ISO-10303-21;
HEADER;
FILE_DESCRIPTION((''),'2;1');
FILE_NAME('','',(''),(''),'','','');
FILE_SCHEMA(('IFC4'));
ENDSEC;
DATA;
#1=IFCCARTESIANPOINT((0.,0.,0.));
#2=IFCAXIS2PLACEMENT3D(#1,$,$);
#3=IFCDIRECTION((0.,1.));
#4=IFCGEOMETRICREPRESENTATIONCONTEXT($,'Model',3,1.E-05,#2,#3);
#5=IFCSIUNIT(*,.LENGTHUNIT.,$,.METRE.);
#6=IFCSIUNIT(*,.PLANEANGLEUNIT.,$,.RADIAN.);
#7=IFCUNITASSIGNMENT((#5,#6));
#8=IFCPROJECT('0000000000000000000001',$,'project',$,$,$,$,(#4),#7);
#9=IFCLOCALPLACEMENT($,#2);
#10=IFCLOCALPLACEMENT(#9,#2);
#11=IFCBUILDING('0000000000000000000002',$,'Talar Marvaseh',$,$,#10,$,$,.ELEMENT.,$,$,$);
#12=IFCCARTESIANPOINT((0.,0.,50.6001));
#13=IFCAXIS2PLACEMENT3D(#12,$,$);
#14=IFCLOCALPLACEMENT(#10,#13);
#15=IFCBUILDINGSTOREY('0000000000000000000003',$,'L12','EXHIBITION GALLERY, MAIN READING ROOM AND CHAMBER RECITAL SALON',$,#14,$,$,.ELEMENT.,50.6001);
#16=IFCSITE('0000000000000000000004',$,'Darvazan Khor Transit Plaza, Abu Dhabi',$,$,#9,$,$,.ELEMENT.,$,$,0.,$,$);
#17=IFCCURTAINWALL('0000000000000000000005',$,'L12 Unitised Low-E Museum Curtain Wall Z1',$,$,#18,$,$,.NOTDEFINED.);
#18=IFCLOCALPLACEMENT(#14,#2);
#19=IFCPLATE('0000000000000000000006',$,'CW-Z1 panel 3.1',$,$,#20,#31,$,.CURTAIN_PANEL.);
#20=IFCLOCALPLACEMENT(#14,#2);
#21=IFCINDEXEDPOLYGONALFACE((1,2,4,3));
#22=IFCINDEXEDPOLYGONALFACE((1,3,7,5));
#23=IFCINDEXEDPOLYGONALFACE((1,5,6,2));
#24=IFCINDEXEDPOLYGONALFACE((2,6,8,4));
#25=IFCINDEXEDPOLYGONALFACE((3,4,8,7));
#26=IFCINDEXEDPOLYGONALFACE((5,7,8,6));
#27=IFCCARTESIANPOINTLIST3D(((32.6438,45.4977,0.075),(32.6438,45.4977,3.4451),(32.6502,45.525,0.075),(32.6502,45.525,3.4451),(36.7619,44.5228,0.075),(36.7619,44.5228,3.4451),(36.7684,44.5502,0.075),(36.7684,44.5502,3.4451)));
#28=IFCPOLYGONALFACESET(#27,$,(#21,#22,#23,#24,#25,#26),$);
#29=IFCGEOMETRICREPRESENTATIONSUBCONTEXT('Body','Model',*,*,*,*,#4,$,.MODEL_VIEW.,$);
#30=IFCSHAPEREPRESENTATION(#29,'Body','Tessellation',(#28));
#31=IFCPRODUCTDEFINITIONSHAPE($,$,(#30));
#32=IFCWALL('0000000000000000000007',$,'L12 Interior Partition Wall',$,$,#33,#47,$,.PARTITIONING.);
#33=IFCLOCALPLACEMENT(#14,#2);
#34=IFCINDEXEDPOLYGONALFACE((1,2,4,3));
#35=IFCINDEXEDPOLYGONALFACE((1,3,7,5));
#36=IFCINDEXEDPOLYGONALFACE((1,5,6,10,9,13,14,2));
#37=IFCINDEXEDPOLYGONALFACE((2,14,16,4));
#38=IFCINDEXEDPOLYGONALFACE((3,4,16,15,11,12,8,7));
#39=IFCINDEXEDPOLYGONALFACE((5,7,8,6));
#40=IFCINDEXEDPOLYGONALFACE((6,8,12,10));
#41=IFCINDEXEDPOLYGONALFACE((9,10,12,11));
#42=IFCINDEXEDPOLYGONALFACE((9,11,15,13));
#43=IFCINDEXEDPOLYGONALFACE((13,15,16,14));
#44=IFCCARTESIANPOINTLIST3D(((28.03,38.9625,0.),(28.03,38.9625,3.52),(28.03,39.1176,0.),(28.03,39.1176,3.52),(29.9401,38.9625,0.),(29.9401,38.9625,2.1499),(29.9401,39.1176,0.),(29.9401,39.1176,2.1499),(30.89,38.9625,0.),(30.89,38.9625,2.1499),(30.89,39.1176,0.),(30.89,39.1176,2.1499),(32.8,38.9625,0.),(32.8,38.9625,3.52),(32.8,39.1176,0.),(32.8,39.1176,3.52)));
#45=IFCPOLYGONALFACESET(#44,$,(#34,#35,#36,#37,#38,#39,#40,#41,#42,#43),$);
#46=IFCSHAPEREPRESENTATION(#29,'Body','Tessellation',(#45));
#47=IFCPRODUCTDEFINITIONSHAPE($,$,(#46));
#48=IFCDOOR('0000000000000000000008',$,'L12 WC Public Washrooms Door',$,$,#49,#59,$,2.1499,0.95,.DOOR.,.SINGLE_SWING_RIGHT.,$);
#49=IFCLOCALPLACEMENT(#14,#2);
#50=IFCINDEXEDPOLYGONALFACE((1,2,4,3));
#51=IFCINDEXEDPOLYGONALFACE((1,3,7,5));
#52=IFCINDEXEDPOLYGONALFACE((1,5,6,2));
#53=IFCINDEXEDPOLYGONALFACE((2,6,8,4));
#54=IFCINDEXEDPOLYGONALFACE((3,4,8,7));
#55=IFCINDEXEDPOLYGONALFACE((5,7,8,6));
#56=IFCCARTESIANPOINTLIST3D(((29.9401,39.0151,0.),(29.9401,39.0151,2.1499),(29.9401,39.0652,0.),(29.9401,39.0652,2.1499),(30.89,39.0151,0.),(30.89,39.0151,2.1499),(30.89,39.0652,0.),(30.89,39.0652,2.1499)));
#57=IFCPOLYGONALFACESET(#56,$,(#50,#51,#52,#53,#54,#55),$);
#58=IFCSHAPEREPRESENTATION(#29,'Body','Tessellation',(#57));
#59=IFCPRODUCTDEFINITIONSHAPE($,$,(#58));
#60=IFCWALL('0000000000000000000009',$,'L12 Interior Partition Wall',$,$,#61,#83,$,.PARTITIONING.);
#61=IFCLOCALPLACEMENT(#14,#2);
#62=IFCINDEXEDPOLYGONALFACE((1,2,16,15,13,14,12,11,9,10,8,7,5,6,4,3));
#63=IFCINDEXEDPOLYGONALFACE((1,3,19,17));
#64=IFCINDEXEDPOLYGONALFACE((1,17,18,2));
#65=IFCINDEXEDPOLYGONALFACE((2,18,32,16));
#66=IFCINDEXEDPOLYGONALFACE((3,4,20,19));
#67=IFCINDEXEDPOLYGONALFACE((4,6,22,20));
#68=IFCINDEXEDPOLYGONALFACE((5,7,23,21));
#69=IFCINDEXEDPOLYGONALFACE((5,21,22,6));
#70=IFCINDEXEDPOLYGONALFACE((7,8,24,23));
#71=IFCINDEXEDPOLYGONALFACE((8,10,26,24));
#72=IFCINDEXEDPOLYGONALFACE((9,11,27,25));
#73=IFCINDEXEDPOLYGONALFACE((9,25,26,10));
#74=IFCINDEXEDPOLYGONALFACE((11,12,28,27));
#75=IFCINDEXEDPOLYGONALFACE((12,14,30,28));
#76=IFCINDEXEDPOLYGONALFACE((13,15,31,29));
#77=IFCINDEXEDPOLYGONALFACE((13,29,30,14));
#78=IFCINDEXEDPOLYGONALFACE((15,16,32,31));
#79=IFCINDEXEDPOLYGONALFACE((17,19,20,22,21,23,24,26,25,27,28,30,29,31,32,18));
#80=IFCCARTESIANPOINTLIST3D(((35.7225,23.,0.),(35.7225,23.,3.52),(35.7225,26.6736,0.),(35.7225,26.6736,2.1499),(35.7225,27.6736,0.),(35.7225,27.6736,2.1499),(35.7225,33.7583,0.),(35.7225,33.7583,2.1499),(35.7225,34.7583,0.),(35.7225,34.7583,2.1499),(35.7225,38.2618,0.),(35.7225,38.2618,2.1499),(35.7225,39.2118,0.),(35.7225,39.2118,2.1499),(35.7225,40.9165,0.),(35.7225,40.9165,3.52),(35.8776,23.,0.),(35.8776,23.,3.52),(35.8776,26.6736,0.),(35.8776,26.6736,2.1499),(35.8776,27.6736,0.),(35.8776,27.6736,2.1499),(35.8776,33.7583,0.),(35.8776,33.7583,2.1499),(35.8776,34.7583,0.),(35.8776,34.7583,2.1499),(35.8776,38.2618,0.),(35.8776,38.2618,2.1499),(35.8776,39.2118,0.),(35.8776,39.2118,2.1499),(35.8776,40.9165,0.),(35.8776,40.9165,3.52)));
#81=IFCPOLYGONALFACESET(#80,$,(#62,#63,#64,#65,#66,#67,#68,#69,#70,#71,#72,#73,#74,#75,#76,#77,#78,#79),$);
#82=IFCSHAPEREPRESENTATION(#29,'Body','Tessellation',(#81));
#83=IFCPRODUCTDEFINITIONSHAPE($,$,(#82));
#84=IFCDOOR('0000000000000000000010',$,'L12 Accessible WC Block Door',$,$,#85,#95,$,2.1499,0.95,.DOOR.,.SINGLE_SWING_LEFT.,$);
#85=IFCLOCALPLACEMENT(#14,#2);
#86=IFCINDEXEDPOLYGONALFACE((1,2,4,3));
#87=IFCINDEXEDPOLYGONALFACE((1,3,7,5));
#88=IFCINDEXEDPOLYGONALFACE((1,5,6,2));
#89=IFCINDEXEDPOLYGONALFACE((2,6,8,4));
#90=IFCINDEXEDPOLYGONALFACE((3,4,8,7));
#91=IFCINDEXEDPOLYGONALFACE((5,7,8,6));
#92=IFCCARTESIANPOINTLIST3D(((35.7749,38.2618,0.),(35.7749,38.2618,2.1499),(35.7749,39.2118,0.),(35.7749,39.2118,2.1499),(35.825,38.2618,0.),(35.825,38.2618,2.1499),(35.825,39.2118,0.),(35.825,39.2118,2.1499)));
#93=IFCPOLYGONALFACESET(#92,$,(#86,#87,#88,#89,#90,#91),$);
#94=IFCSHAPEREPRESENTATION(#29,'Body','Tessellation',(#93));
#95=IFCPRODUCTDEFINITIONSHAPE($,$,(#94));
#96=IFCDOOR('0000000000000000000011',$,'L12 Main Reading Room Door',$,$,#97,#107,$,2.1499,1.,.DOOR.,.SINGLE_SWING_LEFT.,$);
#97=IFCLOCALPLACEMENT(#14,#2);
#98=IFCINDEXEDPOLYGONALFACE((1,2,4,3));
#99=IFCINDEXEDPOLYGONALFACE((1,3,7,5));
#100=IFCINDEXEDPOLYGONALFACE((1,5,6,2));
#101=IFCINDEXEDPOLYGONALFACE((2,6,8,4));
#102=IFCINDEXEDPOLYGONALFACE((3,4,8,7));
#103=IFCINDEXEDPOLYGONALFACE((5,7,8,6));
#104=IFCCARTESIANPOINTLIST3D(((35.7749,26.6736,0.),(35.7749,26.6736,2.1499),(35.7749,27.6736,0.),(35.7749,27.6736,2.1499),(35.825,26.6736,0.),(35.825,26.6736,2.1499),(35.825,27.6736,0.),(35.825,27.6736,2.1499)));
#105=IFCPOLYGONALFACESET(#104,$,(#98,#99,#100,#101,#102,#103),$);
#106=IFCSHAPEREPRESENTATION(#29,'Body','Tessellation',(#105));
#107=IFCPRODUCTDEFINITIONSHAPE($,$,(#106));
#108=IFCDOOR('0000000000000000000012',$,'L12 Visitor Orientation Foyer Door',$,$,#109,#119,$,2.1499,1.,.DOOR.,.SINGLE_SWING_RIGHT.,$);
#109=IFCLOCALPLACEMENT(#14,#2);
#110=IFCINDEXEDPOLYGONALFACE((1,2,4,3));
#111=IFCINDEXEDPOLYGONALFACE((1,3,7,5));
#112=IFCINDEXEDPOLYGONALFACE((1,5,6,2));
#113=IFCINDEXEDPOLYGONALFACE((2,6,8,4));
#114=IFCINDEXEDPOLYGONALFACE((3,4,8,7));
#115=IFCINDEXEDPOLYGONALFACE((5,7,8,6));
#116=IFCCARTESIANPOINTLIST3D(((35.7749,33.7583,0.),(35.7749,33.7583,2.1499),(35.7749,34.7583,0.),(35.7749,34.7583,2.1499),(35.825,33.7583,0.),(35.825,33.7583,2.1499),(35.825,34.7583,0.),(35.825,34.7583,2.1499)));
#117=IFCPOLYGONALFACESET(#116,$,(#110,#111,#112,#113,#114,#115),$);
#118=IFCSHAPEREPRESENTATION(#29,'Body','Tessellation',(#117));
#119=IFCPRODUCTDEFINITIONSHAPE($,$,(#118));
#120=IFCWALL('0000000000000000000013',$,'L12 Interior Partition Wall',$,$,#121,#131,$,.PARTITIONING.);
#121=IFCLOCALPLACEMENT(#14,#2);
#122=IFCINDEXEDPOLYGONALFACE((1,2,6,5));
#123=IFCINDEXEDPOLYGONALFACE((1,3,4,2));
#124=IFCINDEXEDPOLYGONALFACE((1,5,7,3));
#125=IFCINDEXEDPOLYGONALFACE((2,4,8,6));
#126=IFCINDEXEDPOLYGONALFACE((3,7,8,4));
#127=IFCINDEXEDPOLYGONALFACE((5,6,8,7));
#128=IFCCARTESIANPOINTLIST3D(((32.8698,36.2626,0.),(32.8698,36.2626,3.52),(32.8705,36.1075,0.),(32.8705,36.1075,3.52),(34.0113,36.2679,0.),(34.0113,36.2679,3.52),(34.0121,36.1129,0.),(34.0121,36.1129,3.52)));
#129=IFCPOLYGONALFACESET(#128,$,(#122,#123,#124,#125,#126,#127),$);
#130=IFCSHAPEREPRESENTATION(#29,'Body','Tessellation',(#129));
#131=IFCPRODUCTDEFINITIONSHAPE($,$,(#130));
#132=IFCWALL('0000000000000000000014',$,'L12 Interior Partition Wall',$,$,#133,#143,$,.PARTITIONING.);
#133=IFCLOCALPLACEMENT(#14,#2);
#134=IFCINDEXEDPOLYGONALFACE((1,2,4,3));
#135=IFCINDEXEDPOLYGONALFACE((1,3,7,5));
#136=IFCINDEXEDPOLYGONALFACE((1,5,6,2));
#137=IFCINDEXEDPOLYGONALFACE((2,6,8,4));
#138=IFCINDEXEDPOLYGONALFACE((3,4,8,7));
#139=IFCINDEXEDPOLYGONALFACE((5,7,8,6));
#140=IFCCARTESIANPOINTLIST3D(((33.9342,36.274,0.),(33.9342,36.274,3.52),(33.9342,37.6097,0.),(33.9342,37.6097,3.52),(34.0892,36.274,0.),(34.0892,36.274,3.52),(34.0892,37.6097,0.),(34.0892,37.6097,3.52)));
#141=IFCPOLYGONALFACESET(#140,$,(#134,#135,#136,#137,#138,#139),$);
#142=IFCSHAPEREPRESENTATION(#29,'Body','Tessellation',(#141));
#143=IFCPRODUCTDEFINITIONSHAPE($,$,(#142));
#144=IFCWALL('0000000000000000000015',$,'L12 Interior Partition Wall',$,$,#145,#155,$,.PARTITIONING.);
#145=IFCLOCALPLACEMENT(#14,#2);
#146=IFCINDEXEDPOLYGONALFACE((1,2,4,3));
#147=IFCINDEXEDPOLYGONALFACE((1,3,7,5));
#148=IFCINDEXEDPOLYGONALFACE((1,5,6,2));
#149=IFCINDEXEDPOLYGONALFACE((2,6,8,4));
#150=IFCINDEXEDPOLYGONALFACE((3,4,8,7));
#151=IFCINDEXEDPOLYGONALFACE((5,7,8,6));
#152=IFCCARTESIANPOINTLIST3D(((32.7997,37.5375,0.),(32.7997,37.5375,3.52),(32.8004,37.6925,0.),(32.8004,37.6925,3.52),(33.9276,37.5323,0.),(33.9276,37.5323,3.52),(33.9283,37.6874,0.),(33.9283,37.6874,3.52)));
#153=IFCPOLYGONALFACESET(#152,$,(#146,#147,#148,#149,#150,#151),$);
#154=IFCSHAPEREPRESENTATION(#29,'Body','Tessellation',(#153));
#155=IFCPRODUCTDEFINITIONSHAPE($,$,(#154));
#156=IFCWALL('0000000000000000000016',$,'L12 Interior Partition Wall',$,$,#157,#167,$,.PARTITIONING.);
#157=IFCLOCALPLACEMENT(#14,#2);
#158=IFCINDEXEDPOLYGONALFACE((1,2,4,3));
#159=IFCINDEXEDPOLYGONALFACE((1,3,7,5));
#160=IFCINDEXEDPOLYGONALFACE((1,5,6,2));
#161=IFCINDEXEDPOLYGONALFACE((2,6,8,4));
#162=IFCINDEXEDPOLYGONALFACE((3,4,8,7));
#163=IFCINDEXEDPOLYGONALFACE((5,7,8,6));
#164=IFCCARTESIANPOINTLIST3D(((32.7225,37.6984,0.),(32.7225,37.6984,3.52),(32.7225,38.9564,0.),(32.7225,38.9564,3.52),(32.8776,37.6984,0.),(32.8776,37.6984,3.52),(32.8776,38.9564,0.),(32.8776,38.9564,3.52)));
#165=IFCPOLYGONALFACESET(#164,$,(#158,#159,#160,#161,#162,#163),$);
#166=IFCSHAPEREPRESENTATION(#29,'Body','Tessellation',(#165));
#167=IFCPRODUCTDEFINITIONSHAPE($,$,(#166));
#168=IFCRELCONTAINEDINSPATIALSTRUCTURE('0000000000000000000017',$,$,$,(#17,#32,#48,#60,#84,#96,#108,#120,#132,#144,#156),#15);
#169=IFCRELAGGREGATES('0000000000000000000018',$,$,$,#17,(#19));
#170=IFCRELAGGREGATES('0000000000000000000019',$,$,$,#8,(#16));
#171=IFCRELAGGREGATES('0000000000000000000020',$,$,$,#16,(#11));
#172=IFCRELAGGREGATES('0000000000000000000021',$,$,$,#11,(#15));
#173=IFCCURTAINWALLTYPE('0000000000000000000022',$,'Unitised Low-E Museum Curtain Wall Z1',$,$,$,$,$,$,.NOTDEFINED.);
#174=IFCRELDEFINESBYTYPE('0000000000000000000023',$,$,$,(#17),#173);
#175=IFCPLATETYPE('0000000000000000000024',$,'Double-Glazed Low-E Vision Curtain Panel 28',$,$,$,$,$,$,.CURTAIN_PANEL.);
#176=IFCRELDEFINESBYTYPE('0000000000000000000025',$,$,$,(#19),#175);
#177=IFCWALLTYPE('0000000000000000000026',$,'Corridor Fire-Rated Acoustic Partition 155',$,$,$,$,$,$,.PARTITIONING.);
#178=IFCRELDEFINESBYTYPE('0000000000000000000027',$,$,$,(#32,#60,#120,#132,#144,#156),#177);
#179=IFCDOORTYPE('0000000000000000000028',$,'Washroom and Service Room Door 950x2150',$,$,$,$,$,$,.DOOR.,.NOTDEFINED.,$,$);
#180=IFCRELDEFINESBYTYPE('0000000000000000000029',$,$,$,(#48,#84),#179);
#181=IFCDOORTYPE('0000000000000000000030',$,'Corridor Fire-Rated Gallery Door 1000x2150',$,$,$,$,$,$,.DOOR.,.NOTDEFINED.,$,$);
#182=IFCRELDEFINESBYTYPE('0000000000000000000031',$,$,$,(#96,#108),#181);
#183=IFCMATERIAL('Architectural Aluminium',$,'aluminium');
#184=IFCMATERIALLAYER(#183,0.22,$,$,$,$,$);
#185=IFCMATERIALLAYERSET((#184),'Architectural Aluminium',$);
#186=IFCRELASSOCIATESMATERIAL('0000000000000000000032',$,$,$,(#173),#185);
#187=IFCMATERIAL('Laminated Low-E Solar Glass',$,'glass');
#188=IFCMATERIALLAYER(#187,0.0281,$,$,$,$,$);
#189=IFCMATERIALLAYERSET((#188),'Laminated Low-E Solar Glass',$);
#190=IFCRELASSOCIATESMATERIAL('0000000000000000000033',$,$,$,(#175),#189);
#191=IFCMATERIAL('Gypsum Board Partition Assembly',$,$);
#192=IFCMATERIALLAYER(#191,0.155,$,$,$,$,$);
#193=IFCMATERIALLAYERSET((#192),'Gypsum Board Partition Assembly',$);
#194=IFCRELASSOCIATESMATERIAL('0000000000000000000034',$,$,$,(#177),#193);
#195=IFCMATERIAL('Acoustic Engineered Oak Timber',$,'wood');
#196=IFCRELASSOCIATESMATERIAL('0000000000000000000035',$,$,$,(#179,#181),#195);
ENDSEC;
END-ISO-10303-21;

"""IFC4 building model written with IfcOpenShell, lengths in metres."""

from ifc_helpers import new_model, si_unit, direction, frame, frame_2d, origin, origin_2d, place, context, subcontext, project, spatial, rectangle, extrude, source, transform, mapped, material, layer, layer_set, type_object, type_shapes, element, fill, aggregate, save


model = new_model("IFC4")

# Units and contexts
model_context = context("Model", 3, precision=1e-05, world=origin(), true_north=direction((0.0, 1.0)))
body_context = subcontext(model_context, "Body", "Model", "MODEL_VIEW")
ifc_project = project(units=[si_unit("LENGTHUNIT", "METRE"), si_unit("PLANEANGLEUNIT", "RADIAN")], contexts=[model_context])

# Site, building, storey
site_placement = place(None, origin())
site = spatial("IfcSite", under=ifc_project, at=site_placement, Name="Darvazan Khor Transit Plaza, Abu Dhabi", CompositionType="ELEMENT", RefElevation=0.0)
building_placement = place(site_placement, origin())
building = spatial("IfcBuilding", under=site, at=building_placement, Name="Talar Marvaseh", CompositionType="ELEMENT")
storey_placement = place(building_placement, frame((0.0, 0.0, 50.6001)))
storey = spatial("IfcBuildingStorey", under=building, at=storey_placement, Name="L12", Description="EXHIBITION GALLERY, MAIN READING ROOM AND CHAMBER RECITAL SALON", CompositionType="ELEMENT", Elevation=50.6001)

# Curtain wall, plate
ifc_material_1 = material(Name="Architectural Aluminium", Category="aluminium")
ifc_layer_1 = layer(ifc_material_1, 0.22)
ifc_layer_set_1 = layer_set([ifc_layer_1], Name="Architectural Aluminium")
curtain_wall_type = type_object("IfcCurtainWallType", Name="Unitised Low-E Museum Curtain Wall Z1", PredefinedType="NOTDEFINED", material=ifc_layer_set_1)
curtain_wall_placement = place(storey_placement, origin())
curtain_wall = element("IfcCurtainWall", 1, at=curtain_wall_placement, inside=storey, type_object=curtain_wall_type, Name="L12 Unitised Low-E Museum Curtain Wall Z1", PredefinedType="NOTDEFINED")
ifc_material_2 = material(Name="Laminated Low-E Solar Glass", Category="glass")
ifc_layer_2 = layer(ifc_material_2, 0.0281)
ifc_layer_set_2 = layer_set([ifc_layer_2], Name="Laminated Low-E Solar Glass")
plate_type = type_object("IfcPlateType", Name="Double-Glazed Low-E Vision Curtain Panel 28", PredefinedType="CURTAIN_PANEL", material=ifc_layer_set_2)
shared_shape_1 = source(origin(), body_context, "Body", "SweptSolid", [
    extrude(rectangle(XDim=4.2319, YDim=0.0281, at=origin_2d()), origin(), (0.0, 0.0, 1.0), 3.3701),
])
type_shapes(plate_type, [shared_shape_1])
plate_placement = place(storey_placement, frame((34.7061, 45.0239, 0.075), z_axis=(0.0, 0.0, 1.0), x_axis=(0.973107, -0.230352, 0.0)))
plate = element("IfcPlate", 2, at=plate_placement, type_object=plate_type, Name="CW-Z1 panel 3.1", PredefinedType="CURTAIN_PANEL", context=body_context, shape_type="MappedRepresentation", body=[
    mapped(shared_shape_1, transform((0.0, 0.0, 0.0), x_axis=(1.0, 0.0, 0.0), y_axis=(0.0, 1.0, 0.0), z_axis=(0.0, 0.0, 1.0), scale=1.0)),
])
aggregate(curtain_wall, [plate])

# Wall, opening, door
ifc_material_3 = material(Name="Gypsum Board Partition Assembly")
ifc_layer_3 = layer(ifc_material_3, 0.155)
ifc_layer_set_3 = layer_set([ifc_layer_3], Name="Gypsum Board Partition Assembly")
wall_type_1 = type_object("IfcWallType", Name="Corridor Fire-Rated Acoustic Partition 155", PredefinedType="PARTITIONING", material=ifc_layer_set_3)
wall_1_placement = place(storey_placement, frame((32.8, 39.04, 0.0), z_axis=(0.0, 0.0, 1.0), x_axis=(-1.0, 0.0, 0.0)))
wall_1 = element("IfcWall", 3, at=wall_1_placement, inside=storey, type_object=wall_type_1, Name="L12 Interior Partition Wall", PredefinedType="PARTITIONING", context=body_context, shape_type="SweptSolid", body=[
    extrude(rectangle(XDim=4.77, YDim=0.155, at=frame_2d((2.385, 0.0))), origin(), (0.0, 0.0, 1.0), 3.52),
])
opening_1_placement = place(wall_1_placement, frame((1.9099, 0.0, 0.0)))
opening_1 = element("IfcOpeningElement", 4, at=opening_1_placement, cuts=wall_1, PredefinedType="OPENING", context=body_context, shape_type="SweptSolid", body=[
    extrude(rectangle(XDim=0.95, YDim=2.1499, at=frame_2d((0.4751, 1.075))), frame((0.0, 0.0874, 0.0), z_axis=(0.0, -1.0, 0.0), x_axis=(1.0, 0.0, 0.0)), (0.0, 0.0, 1.0), 0.175),
])
ifc_material_4 = material(Name="Acoustic Engineered Oak Timber", Category="wood")
door_type_1 = type_object("IfcDoorType", Name="Washroom and Service Room Door 950x2150", OperationType="NOTDEFINED", PredefinedType="DOOR", material=ifc_material_4)
shared_shape_2 = source(origin(), body_context, "Body", "SweptSolid", [
    extrude(rectangle(XDim=0.95, YDim=2.1499, at=frame_2d((0.4751, 1.075))), frame((0.0, 0.0249, 0.0), z_axis=(0.0, -1.0, 0.0), x_axis=(1.0, 0.0, 0.0)), (0.0, 0.0, 1.0), 0.05),
])
type_shapes(door_type_1, [shared_shape_2])
door_1_placement = place(opening_1_placement, origin())
door_1 = element("IfcDoor", 5, at=door_1_placement, inside=storey, type_object=door_type_1, Name="L12 WC Public Washrooms Door", OperationType="SINGLE_SWING_RIGHT", OverallHeight=2.1499, OverallWidth=0.95, PredefinedType="DOOR", context=body_context, shape_type="MappedRepresentation", body=[
    mapped(shared_shape_2, transform((0.0, 0.0, 0.0), x_axis=(1.0, 0.0, 0.0), y_axis=(0.0, 1.0, 0.0), z_axis=(0.0, 0.0, 1.0), scale=1.0)),
])
fill(opening_1, door_1)

# Wall, openings, doors
wall_2_placement = place(storey_placement, frame((35.8, 40.9165, 0.0), z_axis=(0.0, 0.0, 1.0), x_axis=(0.0, -1.0, 0.0)))
wall_2 = element("IfcWall", 6, at=wall_2_placement, inside=storey, type_object=wall_type_1, Name="L12 Interior Partition Wall", PredefinedType="PARTITIONING", context=body_context, shape_type="SweptSolid", body=[
    extrude(rectangle(XDim=17.9165, YDim=0.155, at=frame_2d((8.9583, 0.0))), origin(), (0.0, 0.0, 1.0), 3.52),
])
opening_2_placement = place(wall_2_placement, frame((13.2429, 0.0, 0.0)))
opening_2 = element("IfcOpeningElement", 7, at=opening_2_placement, cuts=wall_2, PredefinedType="OPENING", context=body_context, shape_type="SweptSolid", body=[
    extrude(rectangle(XDim=1.0, YDim=2.1499, at=frame_2d((0.5, 1.075))), frame((0.0, 0.0874, 0.0), z_axis=(0.0, -1.0, 0.0), x_axis=(1.0, 0.0, 0.0)), (0.0, 0.0, 1.0), 0.175),
])
opening_3_placement = place(wall_2_placement, frame((6.1582, 0.0, 0.0)))
opening_3 = element("IfcOpeningElement", 8, at=opening_3_placement, cuts=wall_2, PredefinedType="OPENING", context=body_context, shape_type="SweptSolid", body=[
    extrude(rectangle(XDim=1.0, YDim=2.1499, at=frame_2d((0.5, 1.075))), frame((0.0, 0.0874, 0.0), z_axis=(0.0, -1.0, 0.0), x_axis=(1.0, 0.0, 0.0)), (0.0, 0.0, 1.0), 0.175),
])
opening_4_placement = place(wall_2_placement, frame((1.7046, 0.0, 0.0)))
opening_4 = element("IfcOpeningElement", 9, at=opening_4_placement, cuts=wall_2, PredefinedType="OPENING", context=body_context, shape_type="SweptSolid", body=[
    extrude(rectangle(XDim=0.95, YDim=2.1499, at=frame_2d((0.4751, 1.075))), frame((0.0, 0.0874, 0.0), z_axis=(0.0, -1.0, 0.0), x_axis=(1.0, 0.0, 0.0)), (0.0, 0.0, 1.0), 0.175),
])
door_2_placement = place(opening_4_placement, origin())
door_2 = element("IfcDoor", 10, at=door_2_placement, inside=storey, type_object=door_type_1, Name="L12 Accessible WC Block Door", OperationType="SINGLE_SWING_LEFT", OverallHeight=2.1499, OverallWidth=0.95, PredefinedType="DOOR", context=body_context, shape_type="MappedRepresentation", body=[
    mapped(shared_shape_2, transform((0.0, 0.0, 0.0), x_axis=(1.0, 0.0, 0.0), y_axis=(0.0, 1.0, 0.0), z_axis=(0.0, 0.0, 1.0), scale=1.0)),
])
fill(opening_4, door_2)
door_type_2 = type_object("IfcDoorType", Name="Corridor Fire-Rated Gallery Door 1000x2150", OperationType="NOTDEFINED", PredefinedType="DOOR", material=ifc_material_4)
shared_shape_3 = source(origin(), body_context, "Body", "SweptSolid", [
    extrude(rectangle(XDim=1.0, YDim=2.1499, at=frame_2d((0.5, 1.075))), frame((0.0, 0.0249, 0.0), z_axis=(0.0, -1.0, 0.0), x_axis=(1.0, 0.0, 0.0)), (0.0, 0.0, 1.0), 0.05),
])
type_shapes(door_type_2, [shared_shape_3])
door_3_placement = place(opening_2_placement, origin())
door_3 = element("IfcDoor", 11, at=door_3_placement, inside=storey, type_object=door_type_2, Name="L12 Main Reading Room Door", OperationType="SINGLE_SWING_LEFT", OverallHeight=2.1499, OverallWidth=1.0, PredefinedType="DOOR", context=body_context, shape_type="MappedRepresentation", body=[
    mapped(shared_shape_3, transform((0.0, 0.0, 0.0), x_axis=(1.0, 0.0, 0.0), y_axis=(0.0, 1.0, 0.0), z_axis=(0.0, 0.0, 1.0), scale=1.0)),
])
fill(opening_2, door_3)
door_4_placement = place(opening_3_placement, origin())
door_4 = element("IfcDoor", 12, at=door_4_placement, inside=storey, type_object=door_type_2, Name="L12 Visitor Orientation Foyer Door", OperationType="SINGLE_SWING_RIGHT", OverallHeight=2.1499, OverallWidth=1.0, PredefinedType="DOOR", context=body_context, shape_type="MappedRepresentation", body=[
    mapped(shared_shape_3, transform((0.0, 0.0, 0.0), x_axis=(1.0, 0.0, 0.0), y_axis=(0.0, 1.0, 0.0), z_axis=(0.0, 0.0, 1.0), scale=1.0)),
])
fill(opening_3, door_4)

# Walls
wall_3_placement = place(storey_placement, frame((32.8701, 36.1851, 0.0), z_axis=(0.0, 0.0, 1.0), x_axis=(0.999989, 0.004705, 0.0)))
element("IfcWall", 13, at=wall_3_placement, inside=storey, type_object=wall_type_1, Name="L12 Interior Partition Wall", PredefinedType="PARTITIONING", context=body_context, shape_type="SweptSolid", body=[
    extrude(rectangle(XDim=1.1416, YDim=0.155, at=frame_2d((0.5708, 0.0))), origin(), (0.0, 0.0, 1.0), 3.52),
])
wall_4_placement = place(storey_placement, frame((34.0117, 36.2739, 0.0), z_axis=(0.0, 0.0, 1.0), x_axis=(0.0, 1.0, 0.0)))
element("IfcWall", 14, at=wall_4_placement, inside=storey, type_object=wall_type_1, Name="L12 Interior Partition Wall", PredefinedType="PARTITIONING", context=body_context, shape_type="SweptSolid", body=[
    extrude(rectangle(XDim=1.3357, YDim=0.155, at=frame_2d((0.668, 0.0))), origin(), (0.0, 0.0, 1.0), 3.52),
])
wall_5_placement = place(storey_placement, frame((33.928, 37.6099, 0.0), z_axis=(0.0, 0.0, 1.0), x_axis=(-0.99999, 0.004545, 0.0)))
element("IfcWall", 15, at=wall_5_placement, inside=storey, type_object=wall_type_1, Name="L12 Interior Partition Wall", PredefinedType="PARTITIONING", context=body_context, shape_type="SweptSolid", body=[
    extrude(rectangle(XDim=1.1279, YDim=0.155, at=frame_2d((0.564, 0.0))), origin(), (0.0, 0.0, 1.0), 3.52),
])
wall_6_placement = place(storey_placement, frame((32.8, 37.6985, 0.0), z_axis=(0.0, 0.0, 1.0), x_axis=(0.0, 1.0, 0.0)))
element("IfcWall", 16, at=wall_6_placement, inside=storey, type_object=wall_type_1, Name="L12 Interior Partition Wall", PredefinedType="PARTITIONING", context=body_context, shape_type="SweptSolid", body=[
    extrude(rectangle(XDim=1.2581, YDim=0.155, at=frame_2d((0.6289, 0.0))), origin(), (0.0, 0.0, 1.0), 3.52),
])

save(model, "model.ifc")
